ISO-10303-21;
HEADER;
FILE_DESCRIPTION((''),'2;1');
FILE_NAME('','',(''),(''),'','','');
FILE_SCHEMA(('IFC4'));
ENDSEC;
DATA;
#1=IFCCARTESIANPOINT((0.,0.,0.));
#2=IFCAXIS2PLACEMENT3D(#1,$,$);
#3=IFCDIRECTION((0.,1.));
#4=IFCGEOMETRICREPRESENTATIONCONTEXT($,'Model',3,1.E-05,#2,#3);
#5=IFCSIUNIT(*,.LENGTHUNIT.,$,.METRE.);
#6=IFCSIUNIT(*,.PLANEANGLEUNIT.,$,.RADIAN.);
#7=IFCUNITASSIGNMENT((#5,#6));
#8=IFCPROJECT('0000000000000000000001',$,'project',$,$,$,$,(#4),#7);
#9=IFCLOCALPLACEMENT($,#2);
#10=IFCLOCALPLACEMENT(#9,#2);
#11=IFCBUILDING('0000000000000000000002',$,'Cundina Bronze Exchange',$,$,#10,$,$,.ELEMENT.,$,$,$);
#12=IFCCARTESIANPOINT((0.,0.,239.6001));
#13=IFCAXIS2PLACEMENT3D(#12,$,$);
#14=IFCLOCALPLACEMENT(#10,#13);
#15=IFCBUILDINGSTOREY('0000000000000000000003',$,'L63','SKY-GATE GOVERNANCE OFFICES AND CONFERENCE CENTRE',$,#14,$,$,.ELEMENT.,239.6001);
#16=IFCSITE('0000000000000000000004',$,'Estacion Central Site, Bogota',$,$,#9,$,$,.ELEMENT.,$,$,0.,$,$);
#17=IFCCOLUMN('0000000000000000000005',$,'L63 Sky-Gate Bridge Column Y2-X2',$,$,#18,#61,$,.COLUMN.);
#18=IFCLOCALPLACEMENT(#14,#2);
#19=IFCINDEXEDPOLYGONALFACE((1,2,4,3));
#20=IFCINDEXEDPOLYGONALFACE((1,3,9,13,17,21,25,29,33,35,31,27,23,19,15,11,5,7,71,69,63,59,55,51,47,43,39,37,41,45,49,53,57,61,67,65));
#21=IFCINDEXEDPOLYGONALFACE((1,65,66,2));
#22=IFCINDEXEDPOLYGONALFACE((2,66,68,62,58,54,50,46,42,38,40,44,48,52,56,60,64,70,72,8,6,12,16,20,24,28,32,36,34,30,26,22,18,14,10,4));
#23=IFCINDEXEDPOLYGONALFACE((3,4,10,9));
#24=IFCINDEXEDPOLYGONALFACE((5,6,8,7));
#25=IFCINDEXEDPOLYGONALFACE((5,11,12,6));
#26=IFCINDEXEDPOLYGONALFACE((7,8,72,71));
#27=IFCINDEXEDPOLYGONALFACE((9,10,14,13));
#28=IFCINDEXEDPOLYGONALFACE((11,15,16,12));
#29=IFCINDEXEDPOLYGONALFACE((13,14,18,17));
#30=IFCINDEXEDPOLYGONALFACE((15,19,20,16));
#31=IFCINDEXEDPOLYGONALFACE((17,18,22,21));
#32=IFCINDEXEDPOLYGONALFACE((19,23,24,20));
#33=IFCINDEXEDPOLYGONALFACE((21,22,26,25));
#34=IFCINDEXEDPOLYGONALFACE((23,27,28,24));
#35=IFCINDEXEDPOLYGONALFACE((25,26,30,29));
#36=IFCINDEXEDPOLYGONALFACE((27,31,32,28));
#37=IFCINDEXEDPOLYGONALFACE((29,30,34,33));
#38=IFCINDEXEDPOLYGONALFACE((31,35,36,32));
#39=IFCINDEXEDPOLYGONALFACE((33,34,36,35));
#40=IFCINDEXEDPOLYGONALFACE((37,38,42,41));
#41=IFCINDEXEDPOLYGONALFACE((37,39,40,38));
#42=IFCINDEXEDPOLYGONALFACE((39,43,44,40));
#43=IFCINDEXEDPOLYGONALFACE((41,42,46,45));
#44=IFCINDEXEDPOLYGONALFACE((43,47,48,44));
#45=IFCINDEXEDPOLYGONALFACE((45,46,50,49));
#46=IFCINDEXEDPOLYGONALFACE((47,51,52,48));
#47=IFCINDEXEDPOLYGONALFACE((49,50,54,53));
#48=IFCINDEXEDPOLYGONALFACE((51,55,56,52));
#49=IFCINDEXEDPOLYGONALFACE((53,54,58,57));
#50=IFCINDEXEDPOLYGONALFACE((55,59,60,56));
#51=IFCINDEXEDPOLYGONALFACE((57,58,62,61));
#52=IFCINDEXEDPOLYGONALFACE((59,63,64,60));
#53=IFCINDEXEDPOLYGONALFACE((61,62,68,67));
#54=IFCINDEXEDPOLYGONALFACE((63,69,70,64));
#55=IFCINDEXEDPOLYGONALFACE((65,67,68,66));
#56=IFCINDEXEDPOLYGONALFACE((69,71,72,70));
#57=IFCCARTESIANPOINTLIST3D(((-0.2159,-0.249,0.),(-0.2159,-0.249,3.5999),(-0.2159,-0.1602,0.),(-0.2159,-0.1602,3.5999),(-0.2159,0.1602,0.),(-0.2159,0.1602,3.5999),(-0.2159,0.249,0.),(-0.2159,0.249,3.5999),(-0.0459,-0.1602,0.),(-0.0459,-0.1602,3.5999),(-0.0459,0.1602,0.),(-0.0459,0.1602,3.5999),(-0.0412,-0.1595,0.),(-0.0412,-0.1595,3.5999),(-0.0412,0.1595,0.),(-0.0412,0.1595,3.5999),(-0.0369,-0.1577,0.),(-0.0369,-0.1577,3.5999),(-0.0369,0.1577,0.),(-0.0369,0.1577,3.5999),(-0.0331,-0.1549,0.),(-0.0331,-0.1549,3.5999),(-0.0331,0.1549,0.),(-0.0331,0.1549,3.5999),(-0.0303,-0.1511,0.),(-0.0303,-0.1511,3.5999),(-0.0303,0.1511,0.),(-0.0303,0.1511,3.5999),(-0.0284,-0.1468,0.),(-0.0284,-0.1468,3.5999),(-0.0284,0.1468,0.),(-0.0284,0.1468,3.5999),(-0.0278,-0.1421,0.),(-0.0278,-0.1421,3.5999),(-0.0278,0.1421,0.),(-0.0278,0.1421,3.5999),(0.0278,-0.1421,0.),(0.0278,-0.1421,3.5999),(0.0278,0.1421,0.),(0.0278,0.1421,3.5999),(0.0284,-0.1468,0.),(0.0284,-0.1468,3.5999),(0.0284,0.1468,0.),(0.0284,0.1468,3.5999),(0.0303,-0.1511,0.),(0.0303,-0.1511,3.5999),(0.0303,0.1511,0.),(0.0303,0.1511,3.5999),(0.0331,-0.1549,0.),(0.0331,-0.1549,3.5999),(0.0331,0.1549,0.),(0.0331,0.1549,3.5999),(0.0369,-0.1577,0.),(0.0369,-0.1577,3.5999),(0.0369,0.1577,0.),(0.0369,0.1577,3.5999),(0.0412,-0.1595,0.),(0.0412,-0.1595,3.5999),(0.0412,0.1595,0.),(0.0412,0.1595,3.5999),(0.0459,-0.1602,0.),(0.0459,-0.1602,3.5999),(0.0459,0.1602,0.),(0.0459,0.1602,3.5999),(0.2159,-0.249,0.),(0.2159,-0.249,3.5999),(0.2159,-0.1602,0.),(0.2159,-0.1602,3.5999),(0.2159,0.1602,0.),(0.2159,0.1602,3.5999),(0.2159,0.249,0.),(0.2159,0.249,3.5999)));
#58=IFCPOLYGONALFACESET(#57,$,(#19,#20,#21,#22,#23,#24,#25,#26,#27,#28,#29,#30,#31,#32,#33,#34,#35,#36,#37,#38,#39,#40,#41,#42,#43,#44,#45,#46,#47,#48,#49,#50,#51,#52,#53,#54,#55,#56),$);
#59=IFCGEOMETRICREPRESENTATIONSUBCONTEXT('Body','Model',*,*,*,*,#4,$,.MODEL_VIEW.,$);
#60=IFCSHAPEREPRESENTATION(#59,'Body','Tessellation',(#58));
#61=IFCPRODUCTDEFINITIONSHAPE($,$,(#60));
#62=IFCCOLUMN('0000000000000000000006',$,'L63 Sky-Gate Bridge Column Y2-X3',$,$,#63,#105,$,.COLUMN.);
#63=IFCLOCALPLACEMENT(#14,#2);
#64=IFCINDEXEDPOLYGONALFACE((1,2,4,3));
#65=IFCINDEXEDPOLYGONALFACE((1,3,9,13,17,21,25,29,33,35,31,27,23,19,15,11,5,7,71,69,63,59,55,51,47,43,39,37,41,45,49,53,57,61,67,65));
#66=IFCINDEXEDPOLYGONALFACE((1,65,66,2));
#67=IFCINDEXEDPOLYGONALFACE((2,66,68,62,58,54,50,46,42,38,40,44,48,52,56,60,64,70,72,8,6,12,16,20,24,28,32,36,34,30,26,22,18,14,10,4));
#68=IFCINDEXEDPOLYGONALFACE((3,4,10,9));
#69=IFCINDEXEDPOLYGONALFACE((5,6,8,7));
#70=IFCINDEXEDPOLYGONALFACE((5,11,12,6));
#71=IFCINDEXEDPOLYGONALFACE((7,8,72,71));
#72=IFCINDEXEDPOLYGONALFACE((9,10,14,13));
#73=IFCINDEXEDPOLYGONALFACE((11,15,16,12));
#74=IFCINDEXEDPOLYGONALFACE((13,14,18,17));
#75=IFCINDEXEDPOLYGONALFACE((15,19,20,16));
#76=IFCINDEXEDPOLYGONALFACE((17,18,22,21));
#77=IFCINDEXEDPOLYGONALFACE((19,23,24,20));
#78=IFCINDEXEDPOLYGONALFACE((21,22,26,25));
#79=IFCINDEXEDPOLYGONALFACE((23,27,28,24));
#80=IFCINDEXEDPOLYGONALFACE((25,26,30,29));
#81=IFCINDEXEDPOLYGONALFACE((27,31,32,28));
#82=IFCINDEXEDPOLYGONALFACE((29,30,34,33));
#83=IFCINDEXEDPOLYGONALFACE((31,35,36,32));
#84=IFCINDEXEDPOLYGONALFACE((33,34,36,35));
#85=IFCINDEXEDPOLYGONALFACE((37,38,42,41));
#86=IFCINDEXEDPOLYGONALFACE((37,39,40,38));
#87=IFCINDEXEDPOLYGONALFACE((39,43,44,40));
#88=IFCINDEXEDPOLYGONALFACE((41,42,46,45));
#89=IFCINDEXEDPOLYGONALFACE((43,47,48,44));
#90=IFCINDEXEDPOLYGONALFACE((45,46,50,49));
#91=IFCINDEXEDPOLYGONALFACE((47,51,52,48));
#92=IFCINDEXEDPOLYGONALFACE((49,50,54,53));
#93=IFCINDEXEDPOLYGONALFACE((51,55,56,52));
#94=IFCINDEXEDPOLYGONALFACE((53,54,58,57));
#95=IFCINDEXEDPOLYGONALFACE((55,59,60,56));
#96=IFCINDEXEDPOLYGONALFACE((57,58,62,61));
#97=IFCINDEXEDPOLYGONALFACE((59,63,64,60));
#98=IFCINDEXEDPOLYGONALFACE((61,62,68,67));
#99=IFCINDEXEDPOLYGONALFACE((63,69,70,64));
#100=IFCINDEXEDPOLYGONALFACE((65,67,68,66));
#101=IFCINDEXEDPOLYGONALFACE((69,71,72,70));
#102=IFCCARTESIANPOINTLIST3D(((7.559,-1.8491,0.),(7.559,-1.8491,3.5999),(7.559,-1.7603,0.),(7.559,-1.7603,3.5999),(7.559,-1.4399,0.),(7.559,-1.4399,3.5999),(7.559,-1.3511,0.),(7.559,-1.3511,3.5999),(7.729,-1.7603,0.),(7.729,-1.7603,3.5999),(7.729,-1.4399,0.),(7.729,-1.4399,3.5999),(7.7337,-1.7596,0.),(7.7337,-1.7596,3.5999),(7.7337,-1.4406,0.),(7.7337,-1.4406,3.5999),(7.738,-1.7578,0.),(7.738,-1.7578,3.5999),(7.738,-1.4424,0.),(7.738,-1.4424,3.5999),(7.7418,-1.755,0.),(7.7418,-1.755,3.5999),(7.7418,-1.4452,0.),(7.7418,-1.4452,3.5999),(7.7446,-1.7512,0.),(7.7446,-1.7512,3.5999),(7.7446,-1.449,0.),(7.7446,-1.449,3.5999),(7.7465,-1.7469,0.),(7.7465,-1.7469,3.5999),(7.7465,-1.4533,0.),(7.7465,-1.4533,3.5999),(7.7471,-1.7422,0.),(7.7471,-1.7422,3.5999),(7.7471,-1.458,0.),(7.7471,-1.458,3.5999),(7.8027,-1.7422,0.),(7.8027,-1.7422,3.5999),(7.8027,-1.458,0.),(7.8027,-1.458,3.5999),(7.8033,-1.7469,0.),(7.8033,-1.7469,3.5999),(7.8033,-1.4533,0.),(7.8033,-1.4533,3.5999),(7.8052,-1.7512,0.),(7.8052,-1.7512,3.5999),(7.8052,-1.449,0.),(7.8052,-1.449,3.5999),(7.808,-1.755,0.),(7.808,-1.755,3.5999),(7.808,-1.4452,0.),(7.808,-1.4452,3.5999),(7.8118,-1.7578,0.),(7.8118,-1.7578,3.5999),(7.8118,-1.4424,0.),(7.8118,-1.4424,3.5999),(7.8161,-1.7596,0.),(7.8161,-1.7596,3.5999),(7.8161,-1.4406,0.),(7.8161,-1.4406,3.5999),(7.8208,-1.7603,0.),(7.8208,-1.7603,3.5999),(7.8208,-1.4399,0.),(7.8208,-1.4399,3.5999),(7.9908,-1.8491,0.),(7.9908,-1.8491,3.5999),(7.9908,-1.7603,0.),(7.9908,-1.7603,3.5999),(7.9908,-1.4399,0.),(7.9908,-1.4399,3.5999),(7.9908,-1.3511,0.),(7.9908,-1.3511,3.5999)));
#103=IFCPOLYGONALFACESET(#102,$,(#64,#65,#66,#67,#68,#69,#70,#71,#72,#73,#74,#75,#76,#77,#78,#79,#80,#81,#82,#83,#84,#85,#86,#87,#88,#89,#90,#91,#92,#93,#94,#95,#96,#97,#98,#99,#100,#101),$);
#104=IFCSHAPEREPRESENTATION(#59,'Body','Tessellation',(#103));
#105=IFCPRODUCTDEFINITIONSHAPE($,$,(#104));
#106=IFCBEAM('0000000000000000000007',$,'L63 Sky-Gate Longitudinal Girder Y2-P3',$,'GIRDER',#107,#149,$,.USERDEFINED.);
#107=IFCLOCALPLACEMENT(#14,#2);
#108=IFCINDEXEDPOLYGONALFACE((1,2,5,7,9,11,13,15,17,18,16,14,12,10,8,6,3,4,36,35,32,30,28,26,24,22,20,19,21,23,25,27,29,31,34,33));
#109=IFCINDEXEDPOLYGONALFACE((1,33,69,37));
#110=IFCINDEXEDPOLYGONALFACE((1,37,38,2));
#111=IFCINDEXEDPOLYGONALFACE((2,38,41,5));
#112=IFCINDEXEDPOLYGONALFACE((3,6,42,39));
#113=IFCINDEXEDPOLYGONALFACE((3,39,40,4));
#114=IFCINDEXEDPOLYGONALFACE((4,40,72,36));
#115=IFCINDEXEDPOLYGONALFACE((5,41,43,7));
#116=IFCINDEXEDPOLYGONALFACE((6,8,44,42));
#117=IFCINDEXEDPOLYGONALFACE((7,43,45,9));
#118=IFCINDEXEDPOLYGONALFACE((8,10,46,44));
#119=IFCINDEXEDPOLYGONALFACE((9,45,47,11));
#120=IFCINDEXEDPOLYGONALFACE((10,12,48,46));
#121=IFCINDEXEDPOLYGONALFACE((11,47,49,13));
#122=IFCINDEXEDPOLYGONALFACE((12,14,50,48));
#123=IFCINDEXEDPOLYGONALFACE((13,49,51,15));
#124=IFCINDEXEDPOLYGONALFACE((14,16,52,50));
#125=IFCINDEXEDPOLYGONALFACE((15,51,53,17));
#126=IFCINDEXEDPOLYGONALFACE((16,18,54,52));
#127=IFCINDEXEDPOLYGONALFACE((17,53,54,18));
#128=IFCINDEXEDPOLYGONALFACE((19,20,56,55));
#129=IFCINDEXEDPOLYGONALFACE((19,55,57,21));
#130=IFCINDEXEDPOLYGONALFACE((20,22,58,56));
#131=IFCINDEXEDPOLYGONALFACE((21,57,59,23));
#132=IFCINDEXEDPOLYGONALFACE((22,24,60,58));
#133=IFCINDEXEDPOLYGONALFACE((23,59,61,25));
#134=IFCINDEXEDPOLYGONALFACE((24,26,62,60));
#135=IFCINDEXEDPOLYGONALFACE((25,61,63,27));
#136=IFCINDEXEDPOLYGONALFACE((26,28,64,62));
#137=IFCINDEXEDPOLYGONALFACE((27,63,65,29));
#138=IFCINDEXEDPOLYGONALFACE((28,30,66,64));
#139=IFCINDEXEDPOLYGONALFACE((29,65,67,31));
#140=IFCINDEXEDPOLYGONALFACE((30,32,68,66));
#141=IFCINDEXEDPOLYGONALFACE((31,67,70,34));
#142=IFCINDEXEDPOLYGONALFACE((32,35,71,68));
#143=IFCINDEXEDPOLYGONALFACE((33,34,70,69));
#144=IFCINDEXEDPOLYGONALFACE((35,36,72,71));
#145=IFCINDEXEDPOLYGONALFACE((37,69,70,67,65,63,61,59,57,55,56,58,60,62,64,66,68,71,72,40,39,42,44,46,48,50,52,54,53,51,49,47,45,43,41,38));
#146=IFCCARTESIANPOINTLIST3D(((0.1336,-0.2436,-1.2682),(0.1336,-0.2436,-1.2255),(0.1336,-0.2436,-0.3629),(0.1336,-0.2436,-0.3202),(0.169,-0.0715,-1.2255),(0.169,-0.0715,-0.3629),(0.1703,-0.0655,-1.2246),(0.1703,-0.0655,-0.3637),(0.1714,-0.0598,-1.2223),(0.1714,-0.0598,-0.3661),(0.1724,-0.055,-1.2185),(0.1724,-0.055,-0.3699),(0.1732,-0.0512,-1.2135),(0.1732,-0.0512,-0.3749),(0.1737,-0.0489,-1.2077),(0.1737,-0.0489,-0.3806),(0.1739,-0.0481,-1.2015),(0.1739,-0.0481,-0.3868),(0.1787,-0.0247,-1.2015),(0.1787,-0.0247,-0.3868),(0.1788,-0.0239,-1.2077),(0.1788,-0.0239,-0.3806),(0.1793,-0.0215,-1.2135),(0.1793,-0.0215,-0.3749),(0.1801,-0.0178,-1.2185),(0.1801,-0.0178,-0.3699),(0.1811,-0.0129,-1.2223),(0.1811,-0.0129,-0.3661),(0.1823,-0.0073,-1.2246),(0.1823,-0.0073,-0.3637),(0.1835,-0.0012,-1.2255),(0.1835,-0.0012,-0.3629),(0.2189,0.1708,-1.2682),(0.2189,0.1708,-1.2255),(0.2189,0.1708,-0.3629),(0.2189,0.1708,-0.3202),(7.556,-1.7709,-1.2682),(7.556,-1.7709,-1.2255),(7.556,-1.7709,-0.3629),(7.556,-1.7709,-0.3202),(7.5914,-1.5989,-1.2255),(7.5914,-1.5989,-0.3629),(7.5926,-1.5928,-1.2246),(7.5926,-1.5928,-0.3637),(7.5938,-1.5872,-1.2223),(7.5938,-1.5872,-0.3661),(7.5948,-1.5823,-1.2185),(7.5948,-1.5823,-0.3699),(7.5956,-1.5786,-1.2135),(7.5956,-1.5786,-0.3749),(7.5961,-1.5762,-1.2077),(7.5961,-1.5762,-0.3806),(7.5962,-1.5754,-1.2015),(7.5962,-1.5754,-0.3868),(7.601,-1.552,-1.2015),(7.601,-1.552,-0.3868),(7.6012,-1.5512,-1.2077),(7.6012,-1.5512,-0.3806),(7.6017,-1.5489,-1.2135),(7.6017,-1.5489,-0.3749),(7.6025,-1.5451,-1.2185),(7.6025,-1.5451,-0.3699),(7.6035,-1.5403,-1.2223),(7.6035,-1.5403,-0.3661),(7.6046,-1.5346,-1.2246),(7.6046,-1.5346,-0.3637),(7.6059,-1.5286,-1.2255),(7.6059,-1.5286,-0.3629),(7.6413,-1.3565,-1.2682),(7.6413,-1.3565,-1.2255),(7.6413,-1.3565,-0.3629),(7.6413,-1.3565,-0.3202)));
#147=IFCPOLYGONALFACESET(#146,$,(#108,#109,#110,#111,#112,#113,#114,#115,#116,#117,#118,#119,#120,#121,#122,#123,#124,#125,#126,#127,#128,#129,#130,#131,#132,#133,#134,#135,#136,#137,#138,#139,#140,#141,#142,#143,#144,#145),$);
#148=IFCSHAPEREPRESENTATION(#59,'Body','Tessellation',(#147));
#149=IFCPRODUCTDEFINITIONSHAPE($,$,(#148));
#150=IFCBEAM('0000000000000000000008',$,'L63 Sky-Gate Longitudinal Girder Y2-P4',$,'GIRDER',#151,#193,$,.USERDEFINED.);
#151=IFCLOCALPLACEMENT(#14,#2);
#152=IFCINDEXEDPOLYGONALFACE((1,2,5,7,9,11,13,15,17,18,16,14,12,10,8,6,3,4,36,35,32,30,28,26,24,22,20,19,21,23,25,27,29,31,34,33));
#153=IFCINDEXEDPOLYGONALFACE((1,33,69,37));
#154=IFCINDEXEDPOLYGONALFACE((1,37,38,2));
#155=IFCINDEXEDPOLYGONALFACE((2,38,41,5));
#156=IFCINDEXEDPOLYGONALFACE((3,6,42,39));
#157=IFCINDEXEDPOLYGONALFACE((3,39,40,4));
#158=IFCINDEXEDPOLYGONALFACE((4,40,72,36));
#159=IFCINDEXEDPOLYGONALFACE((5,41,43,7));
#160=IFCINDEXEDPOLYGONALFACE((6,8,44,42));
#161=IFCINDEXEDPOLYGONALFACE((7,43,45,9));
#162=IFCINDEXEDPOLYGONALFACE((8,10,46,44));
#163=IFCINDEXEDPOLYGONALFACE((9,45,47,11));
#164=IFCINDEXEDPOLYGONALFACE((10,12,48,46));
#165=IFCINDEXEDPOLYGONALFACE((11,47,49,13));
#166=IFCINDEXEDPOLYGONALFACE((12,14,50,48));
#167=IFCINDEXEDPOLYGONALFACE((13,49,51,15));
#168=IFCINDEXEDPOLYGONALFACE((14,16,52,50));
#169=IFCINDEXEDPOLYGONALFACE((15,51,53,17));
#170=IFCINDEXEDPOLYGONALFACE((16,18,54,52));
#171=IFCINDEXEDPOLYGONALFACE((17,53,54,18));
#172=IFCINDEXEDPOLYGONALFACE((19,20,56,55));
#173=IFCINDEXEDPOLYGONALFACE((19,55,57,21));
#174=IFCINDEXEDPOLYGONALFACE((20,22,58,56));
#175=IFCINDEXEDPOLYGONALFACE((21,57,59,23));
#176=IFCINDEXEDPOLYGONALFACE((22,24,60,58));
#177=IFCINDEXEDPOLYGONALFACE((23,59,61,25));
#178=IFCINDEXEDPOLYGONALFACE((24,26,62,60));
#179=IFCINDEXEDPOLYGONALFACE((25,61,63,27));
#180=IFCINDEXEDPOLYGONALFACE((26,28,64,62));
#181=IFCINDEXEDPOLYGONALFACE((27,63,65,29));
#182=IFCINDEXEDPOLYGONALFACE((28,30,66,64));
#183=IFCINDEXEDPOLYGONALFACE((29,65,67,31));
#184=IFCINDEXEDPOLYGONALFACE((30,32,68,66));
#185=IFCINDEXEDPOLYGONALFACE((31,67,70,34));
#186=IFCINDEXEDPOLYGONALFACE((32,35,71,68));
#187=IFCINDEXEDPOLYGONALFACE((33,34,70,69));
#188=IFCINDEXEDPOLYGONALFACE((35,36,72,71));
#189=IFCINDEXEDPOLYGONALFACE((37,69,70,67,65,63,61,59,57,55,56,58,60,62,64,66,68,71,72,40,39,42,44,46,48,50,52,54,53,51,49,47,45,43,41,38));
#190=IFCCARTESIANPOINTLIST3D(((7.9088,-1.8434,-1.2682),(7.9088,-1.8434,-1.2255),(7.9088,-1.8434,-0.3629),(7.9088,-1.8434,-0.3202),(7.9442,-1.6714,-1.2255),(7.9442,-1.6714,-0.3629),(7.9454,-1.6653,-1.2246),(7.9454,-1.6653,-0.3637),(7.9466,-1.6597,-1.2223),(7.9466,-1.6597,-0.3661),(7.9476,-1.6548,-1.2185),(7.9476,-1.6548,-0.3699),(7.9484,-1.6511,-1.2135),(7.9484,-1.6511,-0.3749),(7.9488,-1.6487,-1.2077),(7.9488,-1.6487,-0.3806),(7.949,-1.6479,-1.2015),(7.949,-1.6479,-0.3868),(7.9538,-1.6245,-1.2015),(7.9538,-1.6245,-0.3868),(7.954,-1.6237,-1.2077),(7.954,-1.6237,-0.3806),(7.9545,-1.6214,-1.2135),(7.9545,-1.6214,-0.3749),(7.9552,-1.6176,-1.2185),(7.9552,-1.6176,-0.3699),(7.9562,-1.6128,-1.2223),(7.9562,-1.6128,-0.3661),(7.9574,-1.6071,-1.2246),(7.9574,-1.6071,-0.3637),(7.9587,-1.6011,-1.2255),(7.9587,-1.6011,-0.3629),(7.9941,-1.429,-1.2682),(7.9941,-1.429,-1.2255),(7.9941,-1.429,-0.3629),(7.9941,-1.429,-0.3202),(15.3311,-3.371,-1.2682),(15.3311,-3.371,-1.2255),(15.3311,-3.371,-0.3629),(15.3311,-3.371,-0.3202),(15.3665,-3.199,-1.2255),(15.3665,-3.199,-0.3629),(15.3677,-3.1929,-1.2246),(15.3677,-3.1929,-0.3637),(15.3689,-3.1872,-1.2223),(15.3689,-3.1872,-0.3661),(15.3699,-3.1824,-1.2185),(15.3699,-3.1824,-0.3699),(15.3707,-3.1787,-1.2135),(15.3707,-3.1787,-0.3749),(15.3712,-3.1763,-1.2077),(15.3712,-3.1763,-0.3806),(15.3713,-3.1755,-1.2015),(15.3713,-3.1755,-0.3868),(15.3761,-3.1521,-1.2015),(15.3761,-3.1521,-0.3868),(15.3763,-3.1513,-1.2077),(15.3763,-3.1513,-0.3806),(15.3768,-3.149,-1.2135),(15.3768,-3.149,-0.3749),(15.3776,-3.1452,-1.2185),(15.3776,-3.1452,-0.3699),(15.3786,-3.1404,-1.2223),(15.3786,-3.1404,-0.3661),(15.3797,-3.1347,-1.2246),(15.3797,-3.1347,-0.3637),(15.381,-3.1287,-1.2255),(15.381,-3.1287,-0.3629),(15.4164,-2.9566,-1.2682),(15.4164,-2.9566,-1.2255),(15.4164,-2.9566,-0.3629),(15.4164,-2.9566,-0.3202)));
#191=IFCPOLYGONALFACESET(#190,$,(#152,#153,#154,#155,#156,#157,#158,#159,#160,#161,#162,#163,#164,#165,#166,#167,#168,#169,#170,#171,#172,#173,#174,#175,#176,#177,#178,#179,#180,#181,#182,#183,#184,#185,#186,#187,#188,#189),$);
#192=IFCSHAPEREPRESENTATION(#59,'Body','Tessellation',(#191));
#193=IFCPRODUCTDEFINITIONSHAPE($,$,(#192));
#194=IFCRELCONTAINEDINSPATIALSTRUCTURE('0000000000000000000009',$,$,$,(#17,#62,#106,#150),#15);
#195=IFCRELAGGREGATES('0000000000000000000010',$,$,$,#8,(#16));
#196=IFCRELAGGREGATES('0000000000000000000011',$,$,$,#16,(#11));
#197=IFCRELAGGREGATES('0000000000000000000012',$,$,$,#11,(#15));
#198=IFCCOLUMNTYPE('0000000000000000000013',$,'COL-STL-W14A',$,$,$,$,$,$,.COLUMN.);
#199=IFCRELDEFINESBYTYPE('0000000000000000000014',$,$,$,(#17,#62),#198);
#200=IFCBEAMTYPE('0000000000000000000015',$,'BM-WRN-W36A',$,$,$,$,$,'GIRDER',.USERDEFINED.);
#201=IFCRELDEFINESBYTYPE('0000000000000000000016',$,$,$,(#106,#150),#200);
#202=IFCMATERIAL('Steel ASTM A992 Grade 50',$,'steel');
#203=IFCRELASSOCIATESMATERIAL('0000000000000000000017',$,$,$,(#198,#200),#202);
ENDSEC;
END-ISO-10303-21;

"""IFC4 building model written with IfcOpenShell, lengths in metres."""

from ifc_helpers import new_model, si_unit, direction, frame, origin, origin_2d, place, context, subcontext, project, spatial, i_section, extrude, material, material_profile, profile_set, type_object, element, save


model = new_model("IFC4")

# Units and contexts
model_context = context("Model", 3, precision=1e-05, world=origin(), true_north=direction((0.0, 1.0)))
body_context = subcontext(model_context, "Body", "Model", "MODEL_VIEW")
ifc_project = project(units=[si_unit("LENGTHUNIT", "METRE"), si_unit("PLANEANGLEUNIT", "RADIAN")], contexts=[model_context])

# Site, building, storey
site_placement = place(None, origin())
site = spatial("IfcSite", under=ifc_project, at=site_placement, Name="Estacion Central Site, Bogota", CompositionType="ELEMENT", RefElevation=0.0)
building_placement = place(site_placement, origin())
building = spatial("IfcBuilding", under=site, at=building_placement, Name="Cundina Bronze Exchange", CompositionType="ELEMENT")
storey_placement = place(building_placement, frame((0.0, 0.0, 239.6001)))
storey = spatial("IfcBuildingStorey", under=building, at=storey_placement, Name="L63", Description="SKY-GATE GOVERNANCE OFFICES AND CONFERENCE CENTRE", CompositionType="ELEMENT", Elevation=239.6001)

# Columns
ifc_material_1 = material(Name="Steel ASTM A992 Grade 50", Category="steel")
ifc_material_profile_1 = material_profile(ifc_material_1, i_section(OverallWidth=0.4319, OverallDepth=0.498, WebThickness=0.0557, FlangeThickness=0.0889, FilletRadius=0.0181, at=origin_2d()), Name="W14X500", Category="steel")
ifc_profile_set_1 = profile_set([ifc_material_profile_1], Name="Steel ASTM A992 Grade 50")
column_type = type_object("IfcColumnType", Name="COL-STL-W14A", PredefinedType="COLUMN", material=ifc_profile_set_1)
for number, where, z_axis, x_axis, name in (
    (1, (0.0, 0.0, 0.0), (0.0, 0.0, 1.0), (1.0, 0.0, 0.0), "L63 Sky-Gate Bridge Column Y2-X2"),
    (2, (7.7749, -1.6001, 0.0), (0.0, 0.0, 1.0), (1.0, 0.0, 0.0), "L63 Sky-Gate Bridge Column Y2-X3"),
):
    element("IfcColumn", number, at=place(storey_placement, frame(where, z_axis=z_axis, x_axis=x_axis)), inside=storey, type_object=column_type, Name=name, PredefinedType="COLUMN", context=body_context, shape_type="SweptSolid", body=[
        extrude(i_section(OverallWidth=0.4319, OverallDepth=0.498, WebThickness=0.0557, FlangeThickness=0.0889, FilletRadius=0.0181, at=origin_2d()), origin(), (0.0, 0.0, 1.0), 3.5999),
    ])

# Beams
ifc_material_profile_2 = material_profile(ifc_material_1, i_section(OverallWidth=0.4231, OverallDepth=0.948, WebThickness=0.0239, FlangeThickness=0.0427, FilletRadius=0.0239, at=origin_2d()), Name="W36X302", Category="steel")
ifc_profile_set_2 = profile_set([ifc_material_profile_2], Name="Steel ASTM A992 Grade 50")
beam_type_1 = type_object("IfcBeamType", Name="BM-WRN-W36A", ElementType="GIRDER", PredefinedType="USERDEFINED", material=ifc_profile_set_2)
for number, where, z_axis, x_axis, name in (
    (3, (0.1763, -0.0364, -0.7942), (0.979478, -0.201553, 0.0), (0.201553, 0.979478, 0.0), "L63 Sky-Gate Longitudinal Girder Y2-P3"),
    (4, (7.9514, -1.6362, -0.7942), (0.979471, -0.201584, 0.0), (0.201584, 0.979471, 0.0), "L63 Sky-Gate Longitudinal Girder Y2-P4"),
):
    element("IfcBeam", number, at=place(storey_placement, frame(where, z_axis=z_axis, x_axis=x_axis)), inside=storey, type_object=beam_type_1, Name=name, ObjectType="GIRDER", PredefinedType="USERDEFINED", context=body_context, shape_type="SweptSolid", body=[
        extrude(i_section(OverallWidth=0.4231, OverallDepth=0.948, WebThickness=0.0239, FlangeThickness=0.0427, FilletRadius=0.0239, at=origin_2d()), origin(), (0.0, 0.0, 1.0), 7.5779),
    ])

save(model, "model.ifc")
